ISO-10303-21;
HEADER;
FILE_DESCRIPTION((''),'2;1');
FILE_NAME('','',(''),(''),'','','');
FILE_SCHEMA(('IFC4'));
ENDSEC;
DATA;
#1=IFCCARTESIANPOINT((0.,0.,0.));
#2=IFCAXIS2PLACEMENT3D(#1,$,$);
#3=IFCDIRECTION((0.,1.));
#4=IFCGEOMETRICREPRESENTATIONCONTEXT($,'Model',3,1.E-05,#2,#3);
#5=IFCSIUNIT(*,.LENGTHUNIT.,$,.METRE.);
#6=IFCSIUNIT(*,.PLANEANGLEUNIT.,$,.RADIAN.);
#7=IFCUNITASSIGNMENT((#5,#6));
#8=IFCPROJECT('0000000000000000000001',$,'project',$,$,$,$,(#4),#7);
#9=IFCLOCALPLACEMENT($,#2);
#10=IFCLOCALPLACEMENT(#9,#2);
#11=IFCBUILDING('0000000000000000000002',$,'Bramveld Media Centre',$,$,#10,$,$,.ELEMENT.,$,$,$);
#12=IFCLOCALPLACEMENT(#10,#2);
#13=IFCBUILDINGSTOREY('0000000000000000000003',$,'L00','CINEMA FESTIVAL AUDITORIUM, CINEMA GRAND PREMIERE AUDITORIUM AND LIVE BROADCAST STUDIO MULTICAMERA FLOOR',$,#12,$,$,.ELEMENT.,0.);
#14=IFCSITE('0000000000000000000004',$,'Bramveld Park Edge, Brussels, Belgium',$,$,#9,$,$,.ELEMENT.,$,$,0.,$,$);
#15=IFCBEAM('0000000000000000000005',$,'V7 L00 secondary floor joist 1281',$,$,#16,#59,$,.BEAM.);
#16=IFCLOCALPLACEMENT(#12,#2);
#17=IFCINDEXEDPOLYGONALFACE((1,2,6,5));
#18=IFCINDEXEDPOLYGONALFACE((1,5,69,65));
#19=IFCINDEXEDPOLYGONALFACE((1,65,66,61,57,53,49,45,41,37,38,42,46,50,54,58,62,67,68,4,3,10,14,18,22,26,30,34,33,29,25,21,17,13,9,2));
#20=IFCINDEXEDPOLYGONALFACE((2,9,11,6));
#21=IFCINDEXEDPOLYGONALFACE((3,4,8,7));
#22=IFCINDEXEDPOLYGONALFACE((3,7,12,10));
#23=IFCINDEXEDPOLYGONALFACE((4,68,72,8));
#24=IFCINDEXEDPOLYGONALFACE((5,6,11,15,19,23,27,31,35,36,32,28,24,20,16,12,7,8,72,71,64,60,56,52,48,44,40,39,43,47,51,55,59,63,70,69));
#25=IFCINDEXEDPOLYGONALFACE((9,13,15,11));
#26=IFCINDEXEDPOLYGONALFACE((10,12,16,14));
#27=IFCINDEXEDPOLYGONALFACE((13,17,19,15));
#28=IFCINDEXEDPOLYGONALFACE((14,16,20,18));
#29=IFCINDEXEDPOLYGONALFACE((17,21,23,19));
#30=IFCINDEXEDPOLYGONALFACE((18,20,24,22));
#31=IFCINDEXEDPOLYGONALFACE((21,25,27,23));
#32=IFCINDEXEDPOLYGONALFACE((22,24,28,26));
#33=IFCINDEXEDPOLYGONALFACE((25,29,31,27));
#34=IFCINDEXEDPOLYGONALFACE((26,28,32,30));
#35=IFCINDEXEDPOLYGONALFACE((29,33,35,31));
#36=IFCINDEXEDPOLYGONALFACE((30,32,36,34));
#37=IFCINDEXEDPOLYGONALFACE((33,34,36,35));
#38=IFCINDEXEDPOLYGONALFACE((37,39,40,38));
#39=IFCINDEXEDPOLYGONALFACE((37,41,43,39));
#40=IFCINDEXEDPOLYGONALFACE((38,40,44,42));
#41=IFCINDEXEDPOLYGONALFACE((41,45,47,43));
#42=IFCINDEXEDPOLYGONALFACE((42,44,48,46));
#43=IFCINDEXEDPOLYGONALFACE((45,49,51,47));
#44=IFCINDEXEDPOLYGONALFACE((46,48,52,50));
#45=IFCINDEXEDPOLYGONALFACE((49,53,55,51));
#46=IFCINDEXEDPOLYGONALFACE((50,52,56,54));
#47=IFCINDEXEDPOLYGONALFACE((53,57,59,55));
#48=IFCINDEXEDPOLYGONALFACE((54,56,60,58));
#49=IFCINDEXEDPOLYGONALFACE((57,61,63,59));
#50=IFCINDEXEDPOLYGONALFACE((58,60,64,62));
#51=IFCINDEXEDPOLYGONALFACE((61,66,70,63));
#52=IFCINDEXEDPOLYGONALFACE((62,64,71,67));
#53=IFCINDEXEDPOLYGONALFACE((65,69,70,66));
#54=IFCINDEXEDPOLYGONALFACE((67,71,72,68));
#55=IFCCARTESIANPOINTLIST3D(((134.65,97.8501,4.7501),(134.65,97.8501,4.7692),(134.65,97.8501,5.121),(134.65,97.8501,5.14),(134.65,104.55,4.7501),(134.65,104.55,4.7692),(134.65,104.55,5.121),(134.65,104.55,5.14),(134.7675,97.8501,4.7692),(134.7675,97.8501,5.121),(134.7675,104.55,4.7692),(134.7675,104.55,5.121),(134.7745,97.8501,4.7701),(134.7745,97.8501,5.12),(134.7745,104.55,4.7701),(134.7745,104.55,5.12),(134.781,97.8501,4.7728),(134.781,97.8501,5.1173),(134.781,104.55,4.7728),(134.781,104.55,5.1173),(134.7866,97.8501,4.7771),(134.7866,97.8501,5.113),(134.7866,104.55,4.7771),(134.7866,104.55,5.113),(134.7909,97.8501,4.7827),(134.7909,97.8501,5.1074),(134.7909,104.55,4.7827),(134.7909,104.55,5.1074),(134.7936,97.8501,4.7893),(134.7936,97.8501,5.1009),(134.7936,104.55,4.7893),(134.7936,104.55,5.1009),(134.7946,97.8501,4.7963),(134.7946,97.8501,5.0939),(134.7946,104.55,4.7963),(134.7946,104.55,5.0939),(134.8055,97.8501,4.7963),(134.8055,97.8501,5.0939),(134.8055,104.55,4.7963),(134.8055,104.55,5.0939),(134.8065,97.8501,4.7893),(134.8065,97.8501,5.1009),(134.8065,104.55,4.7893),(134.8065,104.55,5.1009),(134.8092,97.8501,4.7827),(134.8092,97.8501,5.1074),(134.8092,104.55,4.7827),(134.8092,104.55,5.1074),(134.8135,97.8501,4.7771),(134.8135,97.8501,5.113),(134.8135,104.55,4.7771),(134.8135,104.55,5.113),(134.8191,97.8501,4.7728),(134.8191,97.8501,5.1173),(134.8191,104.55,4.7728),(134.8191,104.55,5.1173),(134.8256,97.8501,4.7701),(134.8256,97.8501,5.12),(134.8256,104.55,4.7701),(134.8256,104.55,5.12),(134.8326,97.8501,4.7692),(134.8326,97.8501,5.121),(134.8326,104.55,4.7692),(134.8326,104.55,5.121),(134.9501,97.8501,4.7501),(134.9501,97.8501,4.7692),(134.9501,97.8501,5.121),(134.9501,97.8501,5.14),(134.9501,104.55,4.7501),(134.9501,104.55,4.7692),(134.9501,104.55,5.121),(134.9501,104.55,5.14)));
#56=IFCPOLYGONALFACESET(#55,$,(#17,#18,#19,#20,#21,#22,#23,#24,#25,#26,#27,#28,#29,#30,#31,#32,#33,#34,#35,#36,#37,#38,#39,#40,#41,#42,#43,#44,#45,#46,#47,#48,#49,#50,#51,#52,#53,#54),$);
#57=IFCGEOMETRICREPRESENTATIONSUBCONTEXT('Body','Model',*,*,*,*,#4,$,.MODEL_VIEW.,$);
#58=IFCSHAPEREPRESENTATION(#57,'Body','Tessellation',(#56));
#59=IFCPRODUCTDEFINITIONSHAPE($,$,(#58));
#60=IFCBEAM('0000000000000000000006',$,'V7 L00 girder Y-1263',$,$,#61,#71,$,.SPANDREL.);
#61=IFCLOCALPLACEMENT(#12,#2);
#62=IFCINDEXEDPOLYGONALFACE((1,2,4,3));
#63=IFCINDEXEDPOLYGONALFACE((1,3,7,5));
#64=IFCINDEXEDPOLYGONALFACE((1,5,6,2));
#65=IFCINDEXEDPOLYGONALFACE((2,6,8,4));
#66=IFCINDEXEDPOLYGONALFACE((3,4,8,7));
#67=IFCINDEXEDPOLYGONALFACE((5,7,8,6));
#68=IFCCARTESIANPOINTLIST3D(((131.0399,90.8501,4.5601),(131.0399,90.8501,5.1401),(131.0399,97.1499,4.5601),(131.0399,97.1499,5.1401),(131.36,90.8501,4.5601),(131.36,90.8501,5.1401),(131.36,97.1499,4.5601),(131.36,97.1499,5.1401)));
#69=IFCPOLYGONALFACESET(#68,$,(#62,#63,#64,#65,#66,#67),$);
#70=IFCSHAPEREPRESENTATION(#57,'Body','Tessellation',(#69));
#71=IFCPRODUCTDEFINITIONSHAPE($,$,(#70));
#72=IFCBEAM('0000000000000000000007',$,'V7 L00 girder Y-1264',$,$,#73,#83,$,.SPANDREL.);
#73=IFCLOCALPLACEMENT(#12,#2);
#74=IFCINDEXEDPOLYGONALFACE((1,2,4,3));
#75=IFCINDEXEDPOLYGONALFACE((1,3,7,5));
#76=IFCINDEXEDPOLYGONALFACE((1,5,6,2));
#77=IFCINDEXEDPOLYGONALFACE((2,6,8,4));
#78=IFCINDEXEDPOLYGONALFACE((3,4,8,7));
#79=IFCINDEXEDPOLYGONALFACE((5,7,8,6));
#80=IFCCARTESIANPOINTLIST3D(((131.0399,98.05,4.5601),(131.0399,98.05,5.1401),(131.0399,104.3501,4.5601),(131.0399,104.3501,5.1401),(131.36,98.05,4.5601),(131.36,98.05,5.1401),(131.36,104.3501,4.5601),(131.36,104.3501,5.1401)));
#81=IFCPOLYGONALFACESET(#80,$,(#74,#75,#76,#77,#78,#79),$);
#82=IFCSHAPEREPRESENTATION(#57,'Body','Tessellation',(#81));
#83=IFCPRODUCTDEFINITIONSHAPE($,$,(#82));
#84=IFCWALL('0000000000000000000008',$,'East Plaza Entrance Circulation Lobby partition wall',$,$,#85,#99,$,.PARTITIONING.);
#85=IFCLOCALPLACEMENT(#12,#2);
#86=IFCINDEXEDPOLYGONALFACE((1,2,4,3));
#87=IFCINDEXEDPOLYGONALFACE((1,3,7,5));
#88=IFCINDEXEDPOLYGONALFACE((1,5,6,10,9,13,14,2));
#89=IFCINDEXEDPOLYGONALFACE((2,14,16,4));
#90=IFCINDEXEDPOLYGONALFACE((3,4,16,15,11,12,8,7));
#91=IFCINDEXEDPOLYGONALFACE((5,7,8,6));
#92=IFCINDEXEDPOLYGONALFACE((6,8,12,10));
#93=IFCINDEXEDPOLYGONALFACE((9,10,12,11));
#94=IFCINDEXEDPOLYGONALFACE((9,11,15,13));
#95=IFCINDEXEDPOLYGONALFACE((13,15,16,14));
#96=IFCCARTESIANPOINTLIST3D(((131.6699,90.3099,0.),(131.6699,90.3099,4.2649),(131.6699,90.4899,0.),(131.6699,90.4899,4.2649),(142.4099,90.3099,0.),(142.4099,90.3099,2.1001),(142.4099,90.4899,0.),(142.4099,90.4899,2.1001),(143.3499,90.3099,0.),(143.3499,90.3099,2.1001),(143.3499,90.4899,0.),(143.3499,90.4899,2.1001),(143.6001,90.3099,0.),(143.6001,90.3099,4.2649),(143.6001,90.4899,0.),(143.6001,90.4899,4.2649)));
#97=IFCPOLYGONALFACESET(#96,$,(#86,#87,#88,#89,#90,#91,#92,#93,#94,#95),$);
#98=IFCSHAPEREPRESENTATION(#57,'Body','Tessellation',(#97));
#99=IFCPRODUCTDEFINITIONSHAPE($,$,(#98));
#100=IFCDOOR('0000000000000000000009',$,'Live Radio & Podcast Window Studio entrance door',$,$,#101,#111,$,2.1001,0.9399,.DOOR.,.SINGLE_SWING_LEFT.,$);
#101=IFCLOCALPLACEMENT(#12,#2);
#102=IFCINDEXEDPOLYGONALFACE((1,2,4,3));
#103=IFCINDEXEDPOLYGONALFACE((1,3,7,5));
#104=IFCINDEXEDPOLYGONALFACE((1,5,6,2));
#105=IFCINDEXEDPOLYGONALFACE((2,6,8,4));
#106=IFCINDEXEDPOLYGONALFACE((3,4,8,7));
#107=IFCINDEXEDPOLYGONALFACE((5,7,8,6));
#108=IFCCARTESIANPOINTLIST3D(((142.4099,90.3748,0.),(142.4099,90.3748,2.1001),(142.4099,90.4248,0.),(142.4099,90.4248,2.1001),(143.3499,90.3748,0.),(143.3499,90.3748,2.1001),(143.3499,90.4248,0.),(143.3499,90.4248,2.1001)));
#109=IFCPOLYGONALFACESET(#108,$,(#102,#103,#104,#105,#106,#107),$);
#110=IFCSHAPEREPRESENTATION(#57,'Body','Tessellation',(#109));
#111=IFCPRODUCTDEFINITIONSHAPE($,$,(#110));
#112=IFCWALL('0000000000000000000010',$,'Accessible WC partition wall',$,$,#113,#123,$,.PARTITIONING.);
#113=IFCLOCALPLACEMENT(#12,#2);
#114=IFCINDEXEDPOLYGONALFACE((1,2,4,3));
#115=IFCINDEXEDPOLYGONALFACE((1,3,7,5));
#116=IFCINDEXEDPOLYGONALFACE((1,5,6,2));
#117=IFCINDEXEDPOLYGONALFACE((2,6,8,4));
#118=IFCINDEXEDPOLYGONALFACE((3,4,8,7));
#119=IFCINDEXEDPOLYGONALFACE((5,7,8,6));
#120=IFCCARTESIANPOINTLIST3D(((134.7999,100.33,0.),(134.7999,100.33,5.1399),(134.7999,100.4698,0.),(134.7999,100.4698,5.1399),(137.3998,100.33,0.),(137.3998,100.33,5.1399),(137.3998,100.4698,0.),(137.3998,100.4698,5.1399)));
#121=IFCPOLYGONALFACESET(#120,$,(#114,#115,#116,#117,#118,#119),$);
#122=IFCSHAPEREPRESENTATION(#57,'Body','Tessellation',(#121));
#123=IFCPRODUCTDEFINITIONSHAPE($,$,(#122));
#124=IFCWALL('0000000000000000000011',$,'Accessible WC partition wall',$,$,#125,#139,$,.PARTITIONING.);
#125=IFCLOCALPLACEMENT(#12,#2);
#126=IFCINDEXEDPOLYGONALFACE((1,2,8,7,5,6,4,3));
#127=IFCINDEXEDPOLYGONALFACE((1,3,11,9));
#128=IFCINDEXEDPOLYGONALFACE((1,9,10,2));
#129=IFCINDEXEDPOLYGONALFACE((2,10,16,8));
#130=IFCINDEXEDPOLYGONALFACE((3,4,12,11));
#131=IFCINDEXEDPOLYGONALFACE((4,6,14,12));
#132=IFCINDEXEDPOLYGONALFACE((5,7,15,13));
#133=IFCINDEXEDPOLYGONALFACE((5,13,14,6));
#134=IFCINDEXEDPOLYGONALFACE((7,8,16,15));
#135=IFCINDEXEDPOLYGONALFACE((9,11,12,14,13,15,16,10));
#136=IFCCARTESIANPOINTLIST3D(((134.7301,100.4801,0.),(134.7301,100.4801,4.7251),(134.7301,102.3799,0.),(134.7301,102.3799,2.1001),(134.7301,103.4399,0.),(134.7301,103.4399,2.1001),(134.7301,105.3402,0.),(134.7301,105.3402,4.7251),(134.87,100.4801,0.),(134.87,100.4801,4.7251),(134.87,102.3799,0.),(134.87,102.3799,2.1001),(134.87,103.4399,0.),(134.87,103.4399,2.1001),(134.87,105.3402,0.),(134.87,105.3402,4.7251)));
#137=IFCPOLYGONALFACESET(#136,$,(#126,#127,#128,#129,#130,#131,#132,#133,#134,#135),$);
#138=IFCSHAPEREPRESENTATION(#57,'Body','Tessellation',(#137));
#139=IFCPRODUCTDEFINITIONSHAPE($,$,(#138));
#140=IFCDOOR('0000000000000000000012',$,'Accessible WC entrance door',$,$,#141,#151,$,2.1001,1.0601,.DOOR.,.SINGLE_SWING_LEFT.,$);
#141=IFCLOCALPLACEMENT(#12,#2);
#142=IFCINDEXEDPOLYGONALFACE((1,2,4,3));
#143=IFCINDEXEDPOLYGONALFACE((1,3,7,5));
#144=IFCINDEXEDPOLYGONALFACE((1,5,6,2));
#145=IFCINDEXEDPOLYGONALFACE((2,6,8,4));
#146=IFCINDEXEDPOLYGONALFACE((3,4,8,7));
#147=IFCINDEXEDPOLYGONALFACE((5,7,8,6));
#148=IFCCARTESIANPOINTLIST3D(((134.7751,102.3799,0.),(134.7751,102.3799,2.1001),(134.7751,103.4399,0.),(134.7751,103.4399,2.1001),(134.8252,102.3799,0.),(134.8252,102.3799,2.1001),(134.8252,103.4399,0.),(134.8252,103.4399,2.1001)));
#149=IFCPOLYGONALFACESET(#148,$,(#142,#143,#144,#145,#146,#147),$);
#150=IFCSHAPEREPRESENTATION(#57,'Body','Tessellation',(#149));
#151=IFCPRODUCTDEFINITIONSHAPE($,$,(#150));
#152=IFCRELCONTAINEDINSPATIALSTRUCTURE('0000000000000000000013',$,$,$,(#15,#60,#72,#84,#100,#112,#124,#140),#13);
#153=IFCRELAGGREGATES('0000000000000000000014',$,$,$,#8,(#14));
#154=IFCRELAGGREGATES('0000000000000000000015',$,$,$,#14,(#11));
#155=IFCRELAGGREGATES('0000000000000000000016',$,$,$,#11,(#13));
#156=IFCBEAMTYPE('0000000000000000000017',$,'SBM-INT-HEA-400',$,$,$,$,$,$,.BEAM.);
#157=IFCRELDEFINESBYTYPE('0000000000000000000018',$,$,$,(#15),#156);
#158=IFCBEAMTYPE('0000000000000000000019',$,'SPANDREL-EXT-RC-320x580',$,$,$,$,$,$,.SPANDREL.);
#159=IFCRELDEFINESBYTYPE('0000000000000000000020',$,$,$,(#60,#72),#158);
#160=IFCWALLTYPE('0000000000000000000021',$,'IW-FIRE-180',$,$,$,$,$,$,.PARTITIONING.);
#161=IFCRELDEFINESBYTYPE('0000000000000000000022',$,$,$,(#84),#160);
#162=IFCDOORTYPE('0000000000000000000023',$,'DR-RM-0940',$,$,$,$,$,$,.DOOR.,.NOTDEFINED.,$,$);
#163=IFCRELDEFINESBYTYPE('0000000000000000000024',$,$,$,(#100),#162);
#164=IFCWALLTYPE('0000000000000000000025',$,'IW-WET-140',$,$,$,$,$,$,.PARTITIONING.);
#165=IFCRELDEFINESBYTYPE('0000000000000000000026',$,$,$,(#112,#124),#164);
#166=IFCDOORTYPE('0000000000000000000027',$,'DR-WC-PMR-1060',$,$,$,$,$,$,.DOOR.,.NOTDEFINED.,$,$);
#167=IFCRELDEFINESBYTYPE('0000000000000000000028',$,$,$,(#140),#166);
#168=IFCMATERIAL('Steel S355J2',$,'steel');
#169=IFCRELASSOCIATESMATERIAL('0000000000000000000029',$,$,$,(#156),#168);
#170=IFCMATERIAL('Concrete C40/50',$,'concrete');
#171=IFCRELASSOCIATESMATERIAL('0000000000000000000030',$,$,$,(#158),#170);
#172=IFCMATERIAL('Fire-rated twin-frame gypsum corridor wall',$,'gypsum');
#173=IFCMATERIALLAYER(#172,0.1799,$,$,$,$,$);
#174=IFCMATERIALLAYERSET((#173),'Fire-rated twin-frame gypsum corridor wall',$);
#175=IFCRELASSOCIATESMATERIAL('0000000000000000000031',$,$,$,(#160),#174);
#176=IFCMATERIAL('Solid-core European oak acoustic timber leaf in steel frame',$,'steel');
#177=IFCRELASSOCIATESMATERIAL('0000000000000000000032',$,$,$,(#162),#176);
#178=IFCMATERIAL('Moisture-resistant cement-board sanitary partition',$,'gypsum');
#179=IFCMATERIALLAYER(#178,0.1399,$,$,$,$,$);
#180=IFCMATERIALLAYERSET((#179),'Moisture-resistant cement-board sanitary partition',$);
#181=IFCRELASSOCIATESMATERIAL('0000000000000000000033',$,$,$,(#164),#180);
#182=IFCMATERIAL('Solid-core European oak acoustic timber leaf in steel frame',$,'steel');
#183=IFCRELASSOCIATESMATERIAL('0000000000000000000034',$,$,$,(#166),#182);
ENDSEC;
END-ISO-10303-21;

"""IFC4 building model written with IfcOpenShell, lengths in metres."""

from ifc_helpers import new_model, si_unit, direction, frame, frame_2d, origin, origin_2d, place, context, subcontext, project, spatial, rectangle, i_section, extrude, material, layer, layer_set, material_profile, profile_set, type_object, element, fill, save


model = new_model("IFC4")

# Units and contexts
model_context = context("Model", 3, precision=1e-05, world=origin(), true_north=direction((0.0, 1.0)))
body_context = subcontext(model_context, "Body", "Model", "MODEL_VIEW")
ifc_project = project(units=[si_unit("LENGTHUNIT", "METRE"), si_unit("PLANEANGLEUNIT", "RADIAN")], contexts=[model_context])

# Site, building, storey
site_placement = place(None, origin())
site = spatial("IfcSite", under=ifc_project, at=site_placement, Name="Bramveld Park Edge, Brussels, Belgium", CompositionType="ELEMENT", RefElevation=0.0)
building_placement = place(site_placement, origin())
building = spatial("IfcBuilding", under=site, at=building_placement, Name="Bramveld Media Centre", CompositionType="ELEMENT")
storey_placement = place(building_placement, origin())
storey = spatial("IfcBuildingStorey", under=building, at=storey_placement, Name="L00", Description="CINEMA FESTIVAL AUDITORIUM, CINEMA GRAND PREMIERE AUDITORIUM AND LIVE BROADCAST STUDIO MULTICAMERA FLOOR", CompositionType="ELEMENT", Elevation=0.0)

# Beams
ifc_material_1 = material(Name="Steel S355J2", Category="steel")
ifc_material_profile_1 = material_profile(ifc_material_1, i_section(OverallWidth=0.3, OverallDepth=0.3899, WebThickness=0.011, FlangeThickness=0.019, FilletRadius=0.0271, at=origin_2d()), Name="HEA 400")
ifc_profile_set_1 = profile_set([ifc_material_profile_1], Name="Steel S355J2")
beam_type_1 = type_object("IfcBeamType", Name="SBM-INT-HEA-400", PredefinedType="BEAM", material=ifc_profile_set_1)
beam_1_placement = place(storey_placement, frame((134.8, 97.8501, 4.9451), z_axis=(0.0, 1.0, 0.0), x_axis=(-1.0, 0.0, 0.0)))
element("IfcBeam", 1, at=beam_1_placement, inside=storey, type_object=beam_type_1, Name="V7 L00 secondary floor joist 1281", PredefinedType="BEAM", context=body_context, shape_type="SweptSolid", body=[
    extrude(i_section(OverallWidth=0.3, OverallDepth=0.3899, WebThickness=0.011, FlangeThickness=0.019, FilletRadius=0.0271, at=origin_2d()), origin(), (0.0, 0.0, 1.0), 6.7),
])
ifc_material_2 = material(Name="Concrete C40/50", Category="concrete")
ifc_material_profile_2 = material_profile(ifc_material_2, rectangle(XDim=0.3201, YDim=0.5801, at=origin_2d()), Name="RC 320x580")
ifc_profile_set_2 = profile_set([ifc_material_profile_2], Name="Concrete C40/50")
beam_type_2 = type_object("IfcBeamType", Name="SPANDREL-EXT-RC-320x580", PredefinedType="SPANDREL", material=ifc_profile_set_2)
beam_2_placement = place(storey_placement, frame((131.2, 90.8501, 4.8501), z_axis=(0.0, 1.0, 0.0), x_axis=(-1.0, 0.0, 0.0)))
element("IfcBeam", 2, at=beam_2_placement, inside=storey, type_object=beam_type_2, Name="V7 L00 girder Y-1263", PredefinedType="SPANDREL", context=body_context, shape_type="SweptSolid", body=[
    extrude(rectangle(XDim=0.3201, YDim=0.5801, at=origin_2d()), origin(), (0.0, 0.0, 1.0), 6.2998),
])
beam_3_placement = place(storey_placement, frame((131.2, 98.05, 4.8501), z_axis=(0.0, 1.0, 0.0), x_axis=(-1.0, 0.0, 0.0)))
element("IfcBeam", 3, at=beam_3_placement, inside=storey, type_object=beam_type_2, Name="V7 L00 girder Y-1264", PredefinedType="SPANDREL", context=body_context, shape_type="SweptSolid", body=[
    extrude(rectangle(XDim=0.3201, YDim=0.5801, at=origin_2d()), origin(), (0.0, 0.0, 1.0), 6.3),
])

# Wall, opening, door
ifc_material_3 = material(Name="Fire-rated twin-frame gypsum corridor wall", Category="gypsum")
ifc_layer_1 = layer(ifc_material_3, 0.1799)
ifc_layer_set_1 = layer_set([ifc_layer_1], Name="Fire-rated twin-frame gypsum corridor wall")
wall_type_1 = type_object("IfcWallType", Name="IW-FIRE-180", PredefinedType="PARTITIONING", material=ifc_layer_set_1)
wall_1_placement = place(storey_placement, frame((131.6699, 90.3999, 0.0), z_axis=(0.0, 0.0, 1.0), x_axis=(1.0, 0.0, 0.0)))
wall_1 = element("IfcWall", 4, at=wall_1_placement, inside=storey, type_object=wall_type_1, Name="East Plaza Entrance Circulation Lobby partition wall", PredefinedType="PARTITIONING", context=body_context, shape_type="SweptSolid", body=[
    extrude(rectangle(XDim=11.9302, YDim=0.1799, at=frame_2d((5.9651, 0.0))), origin(), (0.0, 0.0, 1.0), 4.2649),
])
opening_1_placement = place(wall_1_placement, frame((10.74, 0.0, 0.0)))
opening_1 = element("IfcOpeningElement", 5, at=opening_1_placement, cuts=wall_1, PredefinedType="OPENING", context=body_context, shape_type="SweptSolid", body=[
    extrude(rectangle(XDim=0.9399, YDim=2.1001, at=frame_2d((0.47, 1.05))), frame((0.0, 0.1021, 0.0), z_axis=(0.0, -1.0, 0.0), x_axis=(1.0, 0.0, 0.0)), (0.0, 0.0, 1.0), 0.2039),
])
ifc_material_4 = material(Name="Solid-core European oak acoustic timber leaf in steel frame", Category="steel")
door_type_1 = type_object("IfcDoorType", Name="DR-RM-0940", OperationType="NOTDEFINED", PredefinedType="DOOR", material=ifc_material_4)
door_1_placement = place(opening_1_placement, origin())
door_1 = element("IfcDoor", 6, at=door_1_placement, inside=storey, type_object=door_type_1, Name="Live Radio & Podcast Window Studio entrance door", OperationType="SINGLE_SWING_LEFT", OverallHeight=2.1001, OverallWidth=0.9399, PredefinedType="DOOR", context=body_context, shape_type="SweptSolid", body=[
    extrude(rectangle(XDim=0.9399, YDim=2.1001, at=frame_2d((0.47, 1.05))), frame((0.0, 0.0249, 0.0), z_axis=(0.0, -1.0, 0.0), x_axis=(1.0, 0.0, 0.0)), (0.0, 0.0, 1.0), 0.05),
])
fill(opening_1, door_1)

# Wall
ifc_material_5 = material(Name="Moisture-resistant cement-board sanitary partition", Category="gypsum")
ifc_layer_2 = layer(ifc_material_5, 0.1399)
ifc_layer_set_2 = layer_set([ifc_layer_2], Name="Moisture-resistant cement-board sanitary partition")
wall_type_2 = type_object("IfcWallType", Name="IW-WET-140", PredefinedType="PARTITIONING", material=ifc_layer_set_2)
wall_2_placement = place(storey_placement, frame((134.8, 100.3999, 0.0), z_axis=(0.0, 0.0, 1.0), x_axis=(1.0, 0.0, 0.0)))
element("IfcWall", 7, at=wall_2_placement, inside=storey, type_object=wall_type_2, Name="Accessible WC partition wall", PredefinedType="PARTITIONING", context=body_context, shape_type="SweptSolid", body=[
    extrude(rectangle(XDim=2.5999, YDim=0.1399, at=frame_2d((1.2998, 0.0))), origin(), (0.0, 0.0, 1.0), 5.1399),
])

# Wall, opening, door
wall_3_placement = place(storey_placement, frame((134.8, 100.48, 0.0), z_axis=(0.0, 0.0, 1.0), x_axis=(0.0, 1.0, 0.0)))
wall_3 = element("IfcWall", 8, at=wall_3_placement, inside=storey, type_object=wall_type_2, Name="Accessible WC partition wall", PredefinedType="PARTITIONING", context=body_context, shape_type="SweptSolid", body=[
    extrude(rectangle(XDim=4.8601, YDim=0.1399, at=frame_2d((2.4302, 0.0))), origin(), (0.0, 0.0, 1.0), 4.7251),
])
opening_2_placement = place(wall_3_placement, frame((1.8999, 0.0, 0.0)))
opening_2 = element("IfcOpeningElement", 9, at=opening_2_placement, cuts=wall_3, PredefinedType="OPENING", context=body_context, shape_type="SweptSolid", body=[
    extrude(rectangle(XDim=1.0601, YDim=2.1001, at=frame_2d((0.53, 1.05))), frame((0.0, 0.082, 0.0), z_axis=(0.0, -1.0, 0.0), x_axis=(1.0, 0.0, 0.0)), (0.0, 0.0, 1.0), 0.1638),
])
ifc_material_6 = material(Name="Solid-core European oak acoustic timber leaf in steel frame", Category="steel")
door_type_2 = type_object("IfcDoorType", Name="DR-WC-PMR-1060", OperationType="NOTDEFINED", PredefinedType="DOOR", material=ifc_material_6)
door_2_placement = place(opening_2_placement, origin())
door_2 = element("IfcDoor", 10, at=door_2_placement, inside=storey, type_object=door_type_2, Name="Accessible WC entrance door", OperationType="SINGLE_SWING_LEFT", OverallHeight=2.1001, OverallWidth=1.0601, PredefinedType="DOOR", context=body_context, shape_type="SweptSolid", body=[
    extrude(rectangle(XDim=1.0601, YDim=2.1001, at=frame_2d((0.53, 1.05))), frame((0.0, 0.0249, 0.0), z_axis=(0.0, -1.0, 0.0), x_axis=(1.0, 0.0, 0.0)), (0.0, 0.0, 1.0), 0.05),
])
fill(opening_2, door_2)

save(model, "model.ifc")
